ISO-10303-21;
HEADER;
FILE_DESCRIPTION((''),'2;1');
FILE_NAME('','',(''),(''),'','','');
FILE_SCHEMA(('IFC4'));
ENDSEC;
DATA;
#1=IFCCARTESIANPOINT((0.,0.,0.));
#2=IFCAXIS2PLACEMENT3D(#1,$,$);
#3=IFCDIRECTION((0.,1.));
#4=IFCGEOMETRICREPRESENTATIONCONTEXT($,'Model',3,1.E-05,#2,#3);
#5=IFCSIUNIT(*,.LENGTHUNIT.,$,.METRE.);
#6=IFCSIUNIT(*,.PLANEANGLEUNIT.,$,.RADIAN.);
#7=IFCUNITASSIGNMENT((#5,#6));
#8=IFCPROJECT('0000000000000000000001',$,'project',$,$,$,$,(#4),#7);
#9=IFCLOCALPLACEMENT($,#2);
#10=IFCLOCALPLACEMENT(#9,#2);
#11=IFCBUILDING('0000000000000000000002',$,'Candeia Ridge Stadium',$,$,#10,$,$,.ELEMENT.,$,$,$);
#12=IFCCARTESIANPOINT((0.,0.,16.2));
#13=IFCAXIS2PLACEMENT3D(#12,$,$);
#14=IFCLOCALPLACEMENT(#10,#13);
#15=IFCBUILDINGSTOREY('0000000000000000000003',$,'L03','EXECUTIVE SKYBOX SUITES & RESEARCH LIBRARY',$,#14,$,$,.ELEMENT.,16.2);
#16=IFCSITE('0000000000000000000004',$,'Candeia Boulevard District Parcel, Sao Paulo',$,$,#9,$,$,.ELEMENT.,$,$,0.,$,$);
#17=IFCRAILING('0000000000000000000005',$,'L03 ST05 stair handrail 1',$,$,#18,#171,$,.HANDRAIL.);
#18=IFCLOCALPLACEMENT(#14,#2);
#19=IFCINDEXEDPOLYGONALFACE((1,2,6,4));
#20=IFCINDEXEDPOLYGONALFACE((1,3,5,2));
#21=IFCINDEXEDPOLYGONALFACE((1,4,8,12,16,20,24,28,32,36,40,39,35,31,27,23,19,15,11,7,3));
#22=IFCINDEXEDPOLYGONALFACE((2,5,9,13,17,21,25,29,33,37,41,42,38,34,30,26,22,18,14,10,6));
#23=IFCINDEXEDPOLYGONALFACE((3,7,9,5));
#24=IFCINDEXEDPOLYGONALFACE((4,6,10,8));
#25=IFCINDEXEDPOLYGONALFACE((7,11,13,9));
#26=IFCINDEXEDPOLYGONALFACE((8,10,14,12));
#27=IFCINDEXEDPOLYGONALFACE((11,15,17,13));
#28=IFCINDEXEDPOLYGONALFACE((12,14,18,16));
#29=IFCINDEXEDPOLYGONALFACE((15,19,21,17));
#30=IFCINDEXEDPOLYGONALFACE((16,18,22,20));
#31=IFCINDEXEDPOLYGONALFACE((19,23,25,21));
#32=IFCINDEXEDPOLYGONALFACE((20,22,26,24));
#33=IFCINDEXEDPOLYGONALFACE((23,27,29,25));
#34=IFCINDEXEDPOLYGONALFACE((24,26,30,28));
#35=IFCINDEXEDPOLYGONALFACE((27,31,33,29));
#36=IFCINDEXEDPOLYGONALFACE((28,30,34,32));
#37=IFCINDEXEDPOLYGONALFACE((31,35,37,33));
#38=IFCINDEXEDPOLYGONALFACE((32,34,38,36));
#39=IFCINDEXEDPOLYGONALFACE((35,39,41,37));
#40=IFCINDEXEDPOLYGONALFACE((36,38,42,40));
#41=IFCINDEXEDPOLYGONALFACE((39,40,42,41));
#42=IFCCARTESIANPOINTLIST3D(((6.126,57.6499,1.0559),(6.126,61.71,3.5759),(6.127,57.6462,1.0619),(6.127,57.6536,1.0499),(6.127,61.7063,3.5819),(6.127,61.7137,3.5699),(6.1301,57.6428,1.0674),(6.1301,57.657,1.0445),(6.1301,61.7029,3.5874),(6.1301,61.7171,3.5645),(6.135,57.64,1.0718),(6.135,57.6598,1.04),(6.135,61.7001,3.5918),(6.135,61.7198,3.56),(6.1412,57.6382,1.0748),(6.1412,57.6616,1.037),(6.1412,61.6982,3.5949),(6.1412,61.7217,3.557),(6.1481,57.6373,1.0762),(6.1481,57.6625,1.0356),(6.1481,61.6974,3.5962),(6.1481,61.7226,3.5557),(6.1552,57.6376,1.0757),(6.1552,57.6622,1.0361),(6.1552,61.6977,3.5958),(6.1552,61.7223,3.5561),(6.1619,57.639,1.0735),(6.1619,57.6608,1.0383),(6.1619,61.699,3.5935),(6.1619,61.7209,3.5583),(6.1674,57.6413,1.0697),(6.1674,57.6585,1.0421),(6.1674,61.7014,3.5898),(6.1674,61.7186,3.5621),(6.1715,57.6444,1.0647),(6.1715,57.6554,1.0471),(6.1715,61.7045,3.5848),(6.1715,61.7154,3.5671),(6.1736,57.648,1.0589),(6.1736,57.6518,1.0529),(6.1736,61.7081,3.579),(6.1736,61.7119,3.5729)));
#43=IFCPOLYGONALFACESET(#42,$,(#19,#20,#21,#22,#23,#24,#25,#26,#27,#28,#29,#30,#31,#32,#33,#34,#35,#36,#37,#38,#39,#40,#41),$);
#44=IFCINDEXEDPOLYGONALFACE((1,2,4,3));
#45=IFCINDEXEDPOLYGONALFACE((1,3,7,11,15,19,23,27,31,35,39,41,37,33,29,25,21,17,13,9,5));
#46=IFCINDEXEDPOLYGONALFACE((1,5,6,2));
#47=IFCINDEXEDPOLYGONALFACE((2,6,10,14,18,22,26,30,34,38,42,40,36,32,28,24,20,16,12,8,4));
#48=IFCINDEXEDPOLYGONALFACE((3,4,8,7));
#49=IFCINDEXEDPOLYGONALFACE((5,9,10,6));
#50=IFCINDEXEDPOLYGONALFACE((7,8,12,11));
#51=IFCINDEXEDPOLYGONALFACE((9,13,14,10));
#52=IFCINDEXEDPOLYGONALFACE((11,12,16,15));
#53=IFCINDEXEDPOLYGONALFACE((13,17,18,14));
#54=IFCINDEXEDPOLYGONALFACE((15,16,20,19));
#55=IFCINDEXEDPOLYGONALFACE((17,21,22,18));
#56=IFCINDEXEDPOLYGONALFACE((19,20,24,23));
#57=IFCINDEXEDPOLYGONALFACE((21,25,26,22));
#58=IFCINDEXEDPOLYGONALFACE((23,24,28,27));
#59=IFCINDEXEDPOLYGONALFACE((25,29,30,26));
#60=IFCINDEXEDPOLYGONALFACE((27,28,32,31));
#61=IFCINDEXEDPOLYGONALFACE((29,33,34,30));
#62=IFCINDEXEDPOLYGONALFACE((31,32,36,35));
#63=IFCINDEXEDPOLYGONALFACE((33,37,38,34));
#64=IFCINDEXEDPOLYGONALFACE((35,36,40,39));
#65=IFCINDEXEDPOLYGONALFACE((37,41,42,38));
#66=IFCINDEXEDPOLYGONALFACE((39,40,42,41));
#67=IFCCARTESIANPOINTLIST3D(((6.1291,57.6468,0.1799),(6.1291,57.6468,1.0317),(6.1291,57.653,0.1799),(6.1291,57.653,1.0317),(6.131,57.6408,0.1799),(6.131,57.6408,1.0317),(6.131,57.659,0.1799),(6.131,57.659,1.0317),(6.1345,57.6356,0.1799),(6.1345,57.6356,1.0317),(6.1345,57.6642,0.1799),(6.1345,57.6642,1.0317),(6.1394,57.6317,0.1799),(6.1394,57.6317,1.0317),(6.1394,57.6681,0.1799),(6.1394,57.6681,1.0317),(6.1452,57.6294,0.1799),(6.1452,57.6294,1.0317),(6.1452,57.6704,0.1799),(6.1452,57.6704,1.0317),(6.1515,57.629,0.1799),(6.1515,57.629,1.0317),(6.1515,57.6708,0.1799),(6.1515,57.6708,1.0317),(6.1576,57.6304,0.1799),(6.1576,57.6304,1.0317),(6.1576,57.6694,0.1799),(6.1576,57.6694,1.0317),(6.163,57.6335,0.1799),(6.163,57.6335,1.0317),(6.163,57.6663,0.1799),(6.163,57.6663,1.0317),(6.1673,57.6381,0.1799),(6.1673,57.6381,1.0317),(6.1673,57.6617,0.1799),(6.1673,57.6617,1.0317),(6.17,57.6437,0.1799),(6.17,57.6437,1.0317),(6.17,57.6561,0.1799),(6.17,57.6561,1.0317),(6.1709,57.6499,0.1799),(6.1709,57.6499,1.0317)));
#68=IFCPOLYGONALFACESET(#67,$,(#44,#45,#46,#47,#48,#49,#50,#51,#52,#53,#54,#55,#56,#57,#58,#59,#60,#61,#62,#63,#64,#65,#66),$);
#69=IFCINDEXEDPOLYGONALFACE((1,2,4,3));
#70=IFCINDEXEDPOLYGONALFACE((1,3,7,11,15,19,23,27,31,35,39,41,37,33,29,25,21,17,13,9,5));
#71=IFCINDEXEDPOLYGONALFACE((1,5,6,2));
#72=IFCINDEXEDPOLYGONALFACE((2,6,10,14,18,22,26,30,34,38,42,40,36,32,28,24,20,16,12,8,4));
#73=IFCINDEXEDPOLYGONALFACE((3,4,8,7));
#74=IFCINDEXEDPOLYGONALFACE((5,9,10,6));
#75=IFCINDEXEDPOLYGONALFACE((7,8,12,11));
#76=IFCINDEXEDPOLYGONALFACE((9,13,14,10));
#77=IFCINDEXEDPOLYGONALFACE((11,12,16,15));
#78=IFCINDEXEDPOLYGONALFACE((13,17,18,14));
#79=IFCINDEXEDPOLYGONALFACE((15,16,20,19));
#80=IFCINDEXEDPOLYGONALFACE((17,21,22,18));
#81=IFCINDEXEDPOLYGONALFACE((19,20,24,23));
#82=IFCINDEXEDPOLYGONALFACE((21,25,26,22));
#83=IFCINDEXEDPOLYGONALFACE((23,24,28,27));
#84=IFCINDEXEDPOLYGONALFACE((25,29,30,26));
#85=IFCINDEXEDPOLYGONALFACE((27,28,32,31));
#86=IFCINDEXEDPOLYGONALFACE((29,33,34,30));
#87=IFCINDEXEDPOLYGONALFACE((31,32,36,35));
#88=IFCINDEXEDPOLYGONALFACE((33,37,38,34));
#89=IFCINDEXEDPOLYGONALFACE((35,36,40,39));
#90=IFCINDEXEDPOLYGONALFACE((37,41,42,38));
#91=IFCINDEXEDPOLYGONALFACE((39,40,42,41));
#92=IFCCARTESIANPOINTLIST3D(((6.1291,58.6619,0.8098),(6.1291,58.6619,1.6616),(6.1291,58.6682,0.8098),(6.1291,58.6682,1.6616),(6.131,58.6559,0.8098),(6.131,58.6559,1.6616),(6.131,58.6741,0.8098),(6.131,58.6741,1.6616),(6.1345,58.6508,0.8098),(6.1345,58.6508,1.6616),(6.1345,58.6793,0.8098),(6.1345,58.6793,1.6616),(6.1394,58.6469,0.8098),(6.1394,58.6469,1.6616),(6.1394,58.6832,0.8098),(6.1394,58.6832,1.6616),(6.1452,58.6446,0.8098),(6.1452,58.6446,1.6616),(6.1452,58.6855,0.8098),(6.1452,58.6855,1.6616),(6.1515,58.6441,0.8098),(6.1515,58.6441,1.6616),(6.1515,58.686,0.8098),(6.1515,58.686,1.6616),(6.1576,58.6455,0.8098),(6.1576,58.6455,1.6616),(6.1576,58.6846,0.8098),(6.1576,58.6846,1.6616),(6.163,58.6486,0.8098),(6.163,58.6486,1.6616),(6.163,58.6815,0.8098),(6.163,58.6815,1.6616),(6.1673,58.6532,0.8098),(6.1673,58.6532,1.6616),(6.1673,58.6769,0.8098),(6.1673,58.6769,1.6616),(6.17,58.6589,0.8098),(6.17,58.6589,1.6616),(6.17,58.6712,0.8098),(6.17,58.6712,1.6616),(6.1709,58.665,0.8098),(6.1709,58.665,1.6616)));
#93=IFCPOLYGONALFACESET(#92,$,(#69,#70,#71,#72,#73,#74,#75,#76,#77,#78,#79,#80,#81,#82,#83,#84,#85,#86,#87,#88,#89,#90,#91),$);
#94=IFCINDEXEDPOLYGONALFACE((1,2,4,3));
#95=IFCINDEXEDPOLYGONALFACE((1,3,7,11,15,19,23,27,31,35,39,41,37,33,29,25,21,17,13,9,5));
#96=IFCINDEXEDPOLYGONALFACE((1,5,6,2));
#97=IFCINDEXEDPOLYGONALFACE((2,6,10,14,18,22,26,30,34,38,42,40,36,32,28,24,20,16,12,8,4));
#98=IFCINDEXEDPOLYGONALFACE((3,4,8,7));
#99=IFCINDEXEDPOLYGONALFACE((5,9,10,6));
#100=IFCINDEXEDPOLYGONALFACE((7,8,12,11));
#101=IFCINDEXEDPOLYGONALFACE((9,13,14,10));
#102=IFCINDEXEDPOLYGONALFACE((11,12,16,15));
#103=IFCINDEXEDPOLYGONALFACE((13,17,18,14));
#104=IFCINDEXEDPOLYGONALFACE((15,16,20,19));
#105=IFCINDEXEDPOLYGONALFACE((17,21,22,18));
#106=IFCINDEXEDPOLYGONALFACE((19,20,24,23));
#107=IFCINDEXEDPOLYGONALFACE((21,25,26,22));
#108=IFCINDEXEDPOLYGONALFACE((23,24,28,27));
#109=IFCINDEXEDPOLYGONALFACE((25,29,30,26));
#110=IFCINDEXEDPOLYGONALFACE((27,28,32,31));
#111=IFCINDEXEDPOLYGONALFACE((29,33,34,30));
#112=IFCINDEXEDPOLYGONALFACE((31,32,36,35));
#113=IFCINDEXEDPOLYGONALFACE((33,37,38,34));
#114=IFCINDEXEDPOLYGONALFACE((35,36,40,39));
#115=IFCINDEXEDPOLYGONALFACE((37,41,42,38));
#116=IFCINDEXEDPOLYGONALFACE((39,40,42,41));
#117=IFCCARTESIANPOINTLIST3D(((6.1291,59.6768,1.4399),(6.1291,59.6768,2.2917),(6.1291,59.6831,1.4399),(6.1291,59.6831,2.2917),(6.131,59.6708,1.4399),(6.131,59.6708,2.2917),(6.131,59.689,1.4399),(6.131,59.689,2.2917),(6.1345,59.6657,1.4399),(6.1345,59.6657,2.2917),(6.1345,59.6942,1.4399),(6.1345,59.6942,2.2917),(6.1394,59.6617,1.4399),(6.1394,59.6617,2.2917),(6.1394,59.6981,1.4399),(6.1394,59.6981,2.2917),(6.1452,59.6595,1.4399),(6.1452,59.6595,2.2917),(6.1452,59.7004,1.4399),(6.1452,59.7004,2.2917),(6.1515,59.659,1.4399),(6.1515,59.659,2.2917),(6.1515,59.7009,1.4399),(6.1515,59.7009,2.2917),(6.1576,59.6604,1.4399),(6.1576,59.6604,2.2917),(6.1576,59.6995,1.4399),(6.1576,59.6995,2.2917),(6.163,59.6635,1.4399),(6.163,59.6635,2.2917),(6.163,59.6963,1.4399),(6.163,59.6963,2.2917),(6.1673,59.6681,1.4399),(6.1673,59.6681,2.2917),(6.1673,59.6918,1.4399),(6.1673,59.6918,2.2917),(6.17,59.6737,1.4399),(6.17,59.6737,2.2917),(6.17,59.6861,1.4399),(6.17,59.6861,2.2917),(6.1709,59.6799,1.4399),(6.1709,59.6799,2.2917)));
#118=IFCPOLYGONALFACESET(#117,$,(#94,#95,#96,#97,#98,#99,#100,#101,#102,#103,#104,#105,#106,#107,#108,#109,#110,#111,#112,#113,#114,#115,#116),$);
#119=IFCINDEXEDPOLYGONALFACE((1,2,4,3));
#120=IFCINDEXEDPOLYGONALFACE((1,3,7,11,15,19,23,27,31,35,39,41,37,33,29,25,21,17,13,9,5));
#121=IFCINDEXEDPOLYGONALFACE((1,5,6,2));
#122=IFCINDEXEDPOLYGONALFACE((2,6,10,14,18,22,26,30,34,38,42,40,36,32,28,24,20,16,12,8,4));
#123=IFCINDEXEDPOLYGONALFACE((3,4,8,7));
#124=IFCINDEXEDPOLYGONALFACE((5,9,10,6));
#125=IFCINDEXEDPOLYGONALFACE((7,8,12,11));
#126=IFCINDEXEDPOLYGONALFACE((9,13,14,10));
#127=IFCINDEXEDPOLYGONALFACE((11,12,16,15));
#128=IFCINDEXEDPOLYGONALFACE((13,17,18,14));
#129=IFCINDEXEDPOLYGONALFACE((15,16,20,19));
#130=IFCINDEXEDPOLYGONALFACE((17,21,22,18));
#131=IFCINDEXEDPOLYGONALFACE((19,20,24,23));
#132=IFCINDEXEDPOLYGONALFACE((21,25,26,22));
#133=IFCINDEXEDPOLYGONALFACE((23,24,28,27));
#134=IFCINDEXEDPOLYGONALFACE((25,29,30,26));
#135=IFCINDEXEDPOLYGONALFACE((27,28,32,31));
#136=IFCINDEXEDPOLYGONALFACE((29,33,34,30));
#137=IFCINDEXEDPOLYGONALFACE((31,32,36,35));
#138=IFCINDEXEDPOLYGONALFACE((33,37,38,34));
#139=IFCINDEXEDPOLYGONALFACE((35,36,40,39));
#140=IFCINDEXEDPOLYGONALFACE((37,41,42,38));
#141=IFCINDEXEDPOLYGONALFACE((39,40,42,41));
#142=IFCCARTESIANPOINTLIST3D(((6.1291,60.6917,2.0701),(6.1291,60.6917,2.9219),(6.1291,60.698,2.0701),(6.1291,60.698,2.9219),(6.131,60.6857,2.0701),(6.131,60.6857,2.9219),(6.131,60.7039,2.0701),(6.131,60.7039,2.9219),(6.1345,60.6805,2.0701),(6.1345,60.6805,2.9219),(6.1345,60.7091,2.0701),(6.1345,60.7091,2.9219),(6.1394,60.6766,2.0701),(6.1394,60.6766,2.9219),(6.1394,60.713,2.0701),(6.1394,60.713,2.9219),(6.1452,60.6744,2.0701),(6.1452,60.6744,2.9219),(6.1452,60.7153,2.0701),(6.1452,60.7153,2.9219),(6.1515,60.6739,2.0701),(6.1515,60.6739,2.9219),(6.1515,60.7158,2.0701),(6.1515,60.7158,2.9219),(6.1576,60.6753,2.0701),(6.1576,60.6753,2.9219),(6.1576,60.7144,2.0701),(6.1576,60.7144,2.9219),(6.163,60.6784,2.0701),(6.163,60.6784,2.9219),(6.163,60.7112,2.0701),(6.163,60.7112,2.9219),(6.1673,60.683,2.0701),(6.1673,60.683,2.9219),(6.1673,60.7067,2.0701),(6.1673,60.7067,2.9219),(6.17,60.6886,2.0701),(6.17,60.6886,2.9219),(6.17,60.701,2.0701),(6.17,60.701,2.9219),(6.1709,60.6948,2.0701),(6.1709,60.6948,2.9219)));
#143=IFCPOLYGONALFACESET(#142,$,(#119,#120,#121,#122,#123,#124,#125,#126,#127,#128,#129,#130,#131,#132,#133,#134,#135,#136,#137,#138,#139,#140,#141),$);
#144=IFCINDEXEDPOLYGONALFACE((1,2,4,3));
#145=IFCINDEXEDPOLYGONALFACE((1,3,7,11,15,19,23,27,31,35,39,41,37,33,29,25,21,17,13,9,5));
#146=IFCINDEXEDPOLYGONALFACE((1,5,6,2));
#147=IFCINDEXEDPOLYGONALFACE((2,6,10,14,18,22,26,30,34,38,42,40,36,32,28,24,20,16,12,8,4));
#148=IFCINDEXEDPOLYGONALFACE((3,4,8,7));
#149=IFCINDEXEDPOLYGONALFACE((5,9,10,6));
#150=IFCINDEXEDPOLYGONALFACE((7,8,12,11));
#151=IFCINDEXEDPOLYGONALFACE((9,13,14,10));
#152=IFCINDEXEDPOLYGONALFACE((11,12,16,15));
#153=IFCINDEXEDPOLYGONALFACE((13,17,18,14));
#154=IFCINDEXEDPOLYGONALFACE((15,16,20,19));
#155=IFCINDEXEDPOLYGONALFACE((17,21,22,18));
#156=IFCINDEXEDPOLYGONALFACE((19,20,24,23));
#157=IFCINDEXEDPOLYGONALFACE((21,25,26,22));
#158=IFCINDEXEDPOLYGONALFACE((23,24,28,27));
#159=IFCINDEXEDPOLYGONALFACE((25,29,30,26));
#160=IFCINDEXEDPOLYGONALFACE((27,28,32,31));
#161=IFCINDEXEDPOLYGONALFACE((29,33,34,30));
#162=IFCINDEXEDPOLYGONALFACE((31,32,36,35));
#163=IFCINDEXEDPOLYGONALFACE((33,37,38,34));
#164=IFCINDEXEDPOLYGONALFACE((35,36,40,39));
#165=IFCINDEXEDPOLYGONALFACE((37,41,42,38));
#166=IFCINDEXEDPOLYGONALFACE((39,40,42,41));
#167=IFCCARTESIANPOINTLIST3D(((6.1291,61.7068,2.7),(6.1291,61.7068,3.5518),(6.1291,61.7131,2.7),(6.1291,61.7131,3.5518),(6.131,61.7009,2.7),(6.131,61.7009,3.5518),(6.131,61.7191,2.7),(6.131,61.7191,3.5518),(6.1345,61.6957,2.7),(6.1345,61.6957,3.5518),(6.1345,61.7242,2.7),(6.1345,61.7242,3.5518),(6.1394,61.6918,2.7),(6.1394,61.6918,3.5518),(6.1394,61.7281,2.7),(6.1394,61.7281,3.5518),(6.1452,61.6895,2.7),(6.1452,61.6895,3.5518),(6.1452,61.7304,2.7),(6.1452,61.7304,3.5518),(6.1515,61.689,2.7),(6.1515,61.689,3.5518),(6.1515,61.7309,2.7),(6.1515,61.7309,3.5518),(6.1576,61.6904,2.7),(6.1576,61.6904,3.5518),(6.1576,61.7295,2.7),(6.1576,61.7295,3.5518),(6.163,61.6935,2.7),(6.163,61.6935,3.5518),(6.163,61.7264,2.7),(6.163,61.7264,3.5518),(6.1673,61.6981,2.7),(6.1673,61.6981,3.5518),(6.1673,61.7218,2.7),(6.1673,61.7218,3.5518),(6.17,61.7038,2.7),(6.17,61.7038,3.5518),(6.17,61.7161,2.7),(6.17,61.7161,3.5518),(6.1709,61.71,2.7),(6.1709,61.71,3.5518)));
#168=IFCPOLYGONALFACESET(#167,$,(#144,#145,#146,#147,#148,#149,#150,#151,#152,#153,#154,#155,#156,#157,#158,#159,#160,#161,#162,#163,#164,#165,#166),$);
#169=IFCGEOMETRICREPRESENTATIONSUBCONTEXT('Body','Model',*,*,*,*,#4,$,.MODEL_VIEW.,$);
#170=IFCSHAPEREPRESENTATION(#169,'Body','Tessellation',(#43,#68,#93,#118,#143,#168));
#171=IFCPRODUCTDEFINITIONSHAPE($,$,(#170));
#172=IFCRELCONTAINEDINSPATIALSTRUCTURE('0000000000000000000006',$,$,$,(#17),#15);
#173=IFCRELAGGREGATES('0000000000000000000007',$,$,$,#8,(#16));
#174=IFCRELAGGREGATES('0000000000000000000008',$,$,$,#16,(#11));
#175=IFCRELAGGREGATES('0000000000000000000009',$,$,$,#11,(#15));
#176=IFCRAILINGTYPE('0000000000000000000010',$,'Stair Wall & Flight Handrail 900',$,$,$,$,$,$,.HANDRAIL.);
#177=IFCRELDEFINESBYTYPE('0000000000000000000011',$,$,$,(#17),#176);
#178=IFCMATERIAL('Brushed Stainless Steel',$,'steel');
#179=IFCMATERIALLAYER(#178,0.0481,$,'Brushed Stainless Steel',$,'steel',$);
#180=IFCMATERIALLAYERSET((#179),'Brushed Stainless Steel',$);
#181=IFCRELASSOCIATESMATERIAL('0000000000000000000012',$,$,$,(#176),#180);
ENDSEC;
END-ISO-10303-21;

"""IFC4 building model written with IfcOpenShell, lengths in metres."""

from ifc_helpers import new_model, si_unit, direction, frame, origin, origin_2d, place, context, subcontext, project, spatial, circle, extrude, material, layer, layer_set, type_object, element, save


model = new_model("IFC4")

# Units and contexts
model_context = context("Model", 3, precision=1e-05, world=origin(), true_north=direction((0.0, 1.0)))
body_context = subcontext(model_context, "Body", "Model", "MODEL_VIEW")
ifc_project = project(units=[si_unit("LENGTHUNIT", "METRE"), si_unit("PLANEANGLEUNIT", "RADIAN")], contexts=[model_context])

# Site, building, storey
site_placement = place(None, origin())
site = spatial("IfcSite", under=ifc_project, at=site_placement, Name="Candeia Boulevard District Parcel, Sao Paulo", CompositionType="ELEMENT", RefElevation=0.0)
building_placement = place(site_placement, origin())
building = spatial("IfcBuilding", under=site, at=building_placement, Name="Candeia Ridge Stadium", CompositionType="ELEMENT")
storey_placement = place(building_placement, frame((0.0, 0.0, 16.2)))
storey = spatial("IfcBuildingStorey", under=building, at=storey_placement, Name="L03", Description="EXECUTIVE SKYBOX SUITES & RESEARCH LIBRARY", CompositionType="ELEMENT", Elevation=16.2)

# Shared definitions
ifc_material_1 = material(Name="Brushed Stainless Steel", Category="steel")

# Railing
ifc_layer_1 = layer(ifc_material_1, 0.0481, Name="Brushed Stainless Steel", Category="steel")
ifc_layer_set_1 = layer_set([ifc_layer_1], Name="Brushed Stainless Steel")
railing_type_1 = type_object("IfcRailingType", Name="Stair Wall & Flight Handrail 900", PredefinedType="HANDRAIL", material=ifc_layer_set_1)
railing_1_placement = place(storey_placement, frame((6.1499, 57.6499, 0.1799)))
element("IfcRailing", 1, at=railing_1_placement, inside=storey, type_object=railing_type_1, Name="L03 ST05 stair handrail 1", PredefinedType="HANDRAIL", context=body_context, shape_type="SweptSolid", body=[
    extrude(circle(Radius=0.0239, at=origin_2d()), frame((0.0, 0.0, 0.876), z_axis=(0.0, 0.849642, 0.52736), x_axis=(-1.0, 0.0, 0.0)), (0.0, 0.0, 1.0), 4.7786),
    extrude(circle(Radius=0.021, at=origin_2d()), origin(), (0.0, 0.0, 1.0), 0.8518),
    extrude(circle(Radius=0.021, at=origin_2d()), frame((0.0, 1.0151, 0.6299)), (0.0, 0.0, 1.0), 0.8518),
    extrude(circle(Radius=0.021, at=origin_2d()), frame((0.0, 2.03, 1.26)), (0.0, 0.0, 1.0), 0.8518),
    extrude(circle(Radius=0.021, at=origin_2d()), frame((0.0, 3.0449, 1.8901)), (0.0, 0.0, 1.0), 0.8518),
    extrude(circle(Radius=0.021, at=origin_2d()), frame((0.0, 4.0601, 2.52)), (0.0, 0.0, 1.0), 0.8518),
])

save(model, "model.ifc")
